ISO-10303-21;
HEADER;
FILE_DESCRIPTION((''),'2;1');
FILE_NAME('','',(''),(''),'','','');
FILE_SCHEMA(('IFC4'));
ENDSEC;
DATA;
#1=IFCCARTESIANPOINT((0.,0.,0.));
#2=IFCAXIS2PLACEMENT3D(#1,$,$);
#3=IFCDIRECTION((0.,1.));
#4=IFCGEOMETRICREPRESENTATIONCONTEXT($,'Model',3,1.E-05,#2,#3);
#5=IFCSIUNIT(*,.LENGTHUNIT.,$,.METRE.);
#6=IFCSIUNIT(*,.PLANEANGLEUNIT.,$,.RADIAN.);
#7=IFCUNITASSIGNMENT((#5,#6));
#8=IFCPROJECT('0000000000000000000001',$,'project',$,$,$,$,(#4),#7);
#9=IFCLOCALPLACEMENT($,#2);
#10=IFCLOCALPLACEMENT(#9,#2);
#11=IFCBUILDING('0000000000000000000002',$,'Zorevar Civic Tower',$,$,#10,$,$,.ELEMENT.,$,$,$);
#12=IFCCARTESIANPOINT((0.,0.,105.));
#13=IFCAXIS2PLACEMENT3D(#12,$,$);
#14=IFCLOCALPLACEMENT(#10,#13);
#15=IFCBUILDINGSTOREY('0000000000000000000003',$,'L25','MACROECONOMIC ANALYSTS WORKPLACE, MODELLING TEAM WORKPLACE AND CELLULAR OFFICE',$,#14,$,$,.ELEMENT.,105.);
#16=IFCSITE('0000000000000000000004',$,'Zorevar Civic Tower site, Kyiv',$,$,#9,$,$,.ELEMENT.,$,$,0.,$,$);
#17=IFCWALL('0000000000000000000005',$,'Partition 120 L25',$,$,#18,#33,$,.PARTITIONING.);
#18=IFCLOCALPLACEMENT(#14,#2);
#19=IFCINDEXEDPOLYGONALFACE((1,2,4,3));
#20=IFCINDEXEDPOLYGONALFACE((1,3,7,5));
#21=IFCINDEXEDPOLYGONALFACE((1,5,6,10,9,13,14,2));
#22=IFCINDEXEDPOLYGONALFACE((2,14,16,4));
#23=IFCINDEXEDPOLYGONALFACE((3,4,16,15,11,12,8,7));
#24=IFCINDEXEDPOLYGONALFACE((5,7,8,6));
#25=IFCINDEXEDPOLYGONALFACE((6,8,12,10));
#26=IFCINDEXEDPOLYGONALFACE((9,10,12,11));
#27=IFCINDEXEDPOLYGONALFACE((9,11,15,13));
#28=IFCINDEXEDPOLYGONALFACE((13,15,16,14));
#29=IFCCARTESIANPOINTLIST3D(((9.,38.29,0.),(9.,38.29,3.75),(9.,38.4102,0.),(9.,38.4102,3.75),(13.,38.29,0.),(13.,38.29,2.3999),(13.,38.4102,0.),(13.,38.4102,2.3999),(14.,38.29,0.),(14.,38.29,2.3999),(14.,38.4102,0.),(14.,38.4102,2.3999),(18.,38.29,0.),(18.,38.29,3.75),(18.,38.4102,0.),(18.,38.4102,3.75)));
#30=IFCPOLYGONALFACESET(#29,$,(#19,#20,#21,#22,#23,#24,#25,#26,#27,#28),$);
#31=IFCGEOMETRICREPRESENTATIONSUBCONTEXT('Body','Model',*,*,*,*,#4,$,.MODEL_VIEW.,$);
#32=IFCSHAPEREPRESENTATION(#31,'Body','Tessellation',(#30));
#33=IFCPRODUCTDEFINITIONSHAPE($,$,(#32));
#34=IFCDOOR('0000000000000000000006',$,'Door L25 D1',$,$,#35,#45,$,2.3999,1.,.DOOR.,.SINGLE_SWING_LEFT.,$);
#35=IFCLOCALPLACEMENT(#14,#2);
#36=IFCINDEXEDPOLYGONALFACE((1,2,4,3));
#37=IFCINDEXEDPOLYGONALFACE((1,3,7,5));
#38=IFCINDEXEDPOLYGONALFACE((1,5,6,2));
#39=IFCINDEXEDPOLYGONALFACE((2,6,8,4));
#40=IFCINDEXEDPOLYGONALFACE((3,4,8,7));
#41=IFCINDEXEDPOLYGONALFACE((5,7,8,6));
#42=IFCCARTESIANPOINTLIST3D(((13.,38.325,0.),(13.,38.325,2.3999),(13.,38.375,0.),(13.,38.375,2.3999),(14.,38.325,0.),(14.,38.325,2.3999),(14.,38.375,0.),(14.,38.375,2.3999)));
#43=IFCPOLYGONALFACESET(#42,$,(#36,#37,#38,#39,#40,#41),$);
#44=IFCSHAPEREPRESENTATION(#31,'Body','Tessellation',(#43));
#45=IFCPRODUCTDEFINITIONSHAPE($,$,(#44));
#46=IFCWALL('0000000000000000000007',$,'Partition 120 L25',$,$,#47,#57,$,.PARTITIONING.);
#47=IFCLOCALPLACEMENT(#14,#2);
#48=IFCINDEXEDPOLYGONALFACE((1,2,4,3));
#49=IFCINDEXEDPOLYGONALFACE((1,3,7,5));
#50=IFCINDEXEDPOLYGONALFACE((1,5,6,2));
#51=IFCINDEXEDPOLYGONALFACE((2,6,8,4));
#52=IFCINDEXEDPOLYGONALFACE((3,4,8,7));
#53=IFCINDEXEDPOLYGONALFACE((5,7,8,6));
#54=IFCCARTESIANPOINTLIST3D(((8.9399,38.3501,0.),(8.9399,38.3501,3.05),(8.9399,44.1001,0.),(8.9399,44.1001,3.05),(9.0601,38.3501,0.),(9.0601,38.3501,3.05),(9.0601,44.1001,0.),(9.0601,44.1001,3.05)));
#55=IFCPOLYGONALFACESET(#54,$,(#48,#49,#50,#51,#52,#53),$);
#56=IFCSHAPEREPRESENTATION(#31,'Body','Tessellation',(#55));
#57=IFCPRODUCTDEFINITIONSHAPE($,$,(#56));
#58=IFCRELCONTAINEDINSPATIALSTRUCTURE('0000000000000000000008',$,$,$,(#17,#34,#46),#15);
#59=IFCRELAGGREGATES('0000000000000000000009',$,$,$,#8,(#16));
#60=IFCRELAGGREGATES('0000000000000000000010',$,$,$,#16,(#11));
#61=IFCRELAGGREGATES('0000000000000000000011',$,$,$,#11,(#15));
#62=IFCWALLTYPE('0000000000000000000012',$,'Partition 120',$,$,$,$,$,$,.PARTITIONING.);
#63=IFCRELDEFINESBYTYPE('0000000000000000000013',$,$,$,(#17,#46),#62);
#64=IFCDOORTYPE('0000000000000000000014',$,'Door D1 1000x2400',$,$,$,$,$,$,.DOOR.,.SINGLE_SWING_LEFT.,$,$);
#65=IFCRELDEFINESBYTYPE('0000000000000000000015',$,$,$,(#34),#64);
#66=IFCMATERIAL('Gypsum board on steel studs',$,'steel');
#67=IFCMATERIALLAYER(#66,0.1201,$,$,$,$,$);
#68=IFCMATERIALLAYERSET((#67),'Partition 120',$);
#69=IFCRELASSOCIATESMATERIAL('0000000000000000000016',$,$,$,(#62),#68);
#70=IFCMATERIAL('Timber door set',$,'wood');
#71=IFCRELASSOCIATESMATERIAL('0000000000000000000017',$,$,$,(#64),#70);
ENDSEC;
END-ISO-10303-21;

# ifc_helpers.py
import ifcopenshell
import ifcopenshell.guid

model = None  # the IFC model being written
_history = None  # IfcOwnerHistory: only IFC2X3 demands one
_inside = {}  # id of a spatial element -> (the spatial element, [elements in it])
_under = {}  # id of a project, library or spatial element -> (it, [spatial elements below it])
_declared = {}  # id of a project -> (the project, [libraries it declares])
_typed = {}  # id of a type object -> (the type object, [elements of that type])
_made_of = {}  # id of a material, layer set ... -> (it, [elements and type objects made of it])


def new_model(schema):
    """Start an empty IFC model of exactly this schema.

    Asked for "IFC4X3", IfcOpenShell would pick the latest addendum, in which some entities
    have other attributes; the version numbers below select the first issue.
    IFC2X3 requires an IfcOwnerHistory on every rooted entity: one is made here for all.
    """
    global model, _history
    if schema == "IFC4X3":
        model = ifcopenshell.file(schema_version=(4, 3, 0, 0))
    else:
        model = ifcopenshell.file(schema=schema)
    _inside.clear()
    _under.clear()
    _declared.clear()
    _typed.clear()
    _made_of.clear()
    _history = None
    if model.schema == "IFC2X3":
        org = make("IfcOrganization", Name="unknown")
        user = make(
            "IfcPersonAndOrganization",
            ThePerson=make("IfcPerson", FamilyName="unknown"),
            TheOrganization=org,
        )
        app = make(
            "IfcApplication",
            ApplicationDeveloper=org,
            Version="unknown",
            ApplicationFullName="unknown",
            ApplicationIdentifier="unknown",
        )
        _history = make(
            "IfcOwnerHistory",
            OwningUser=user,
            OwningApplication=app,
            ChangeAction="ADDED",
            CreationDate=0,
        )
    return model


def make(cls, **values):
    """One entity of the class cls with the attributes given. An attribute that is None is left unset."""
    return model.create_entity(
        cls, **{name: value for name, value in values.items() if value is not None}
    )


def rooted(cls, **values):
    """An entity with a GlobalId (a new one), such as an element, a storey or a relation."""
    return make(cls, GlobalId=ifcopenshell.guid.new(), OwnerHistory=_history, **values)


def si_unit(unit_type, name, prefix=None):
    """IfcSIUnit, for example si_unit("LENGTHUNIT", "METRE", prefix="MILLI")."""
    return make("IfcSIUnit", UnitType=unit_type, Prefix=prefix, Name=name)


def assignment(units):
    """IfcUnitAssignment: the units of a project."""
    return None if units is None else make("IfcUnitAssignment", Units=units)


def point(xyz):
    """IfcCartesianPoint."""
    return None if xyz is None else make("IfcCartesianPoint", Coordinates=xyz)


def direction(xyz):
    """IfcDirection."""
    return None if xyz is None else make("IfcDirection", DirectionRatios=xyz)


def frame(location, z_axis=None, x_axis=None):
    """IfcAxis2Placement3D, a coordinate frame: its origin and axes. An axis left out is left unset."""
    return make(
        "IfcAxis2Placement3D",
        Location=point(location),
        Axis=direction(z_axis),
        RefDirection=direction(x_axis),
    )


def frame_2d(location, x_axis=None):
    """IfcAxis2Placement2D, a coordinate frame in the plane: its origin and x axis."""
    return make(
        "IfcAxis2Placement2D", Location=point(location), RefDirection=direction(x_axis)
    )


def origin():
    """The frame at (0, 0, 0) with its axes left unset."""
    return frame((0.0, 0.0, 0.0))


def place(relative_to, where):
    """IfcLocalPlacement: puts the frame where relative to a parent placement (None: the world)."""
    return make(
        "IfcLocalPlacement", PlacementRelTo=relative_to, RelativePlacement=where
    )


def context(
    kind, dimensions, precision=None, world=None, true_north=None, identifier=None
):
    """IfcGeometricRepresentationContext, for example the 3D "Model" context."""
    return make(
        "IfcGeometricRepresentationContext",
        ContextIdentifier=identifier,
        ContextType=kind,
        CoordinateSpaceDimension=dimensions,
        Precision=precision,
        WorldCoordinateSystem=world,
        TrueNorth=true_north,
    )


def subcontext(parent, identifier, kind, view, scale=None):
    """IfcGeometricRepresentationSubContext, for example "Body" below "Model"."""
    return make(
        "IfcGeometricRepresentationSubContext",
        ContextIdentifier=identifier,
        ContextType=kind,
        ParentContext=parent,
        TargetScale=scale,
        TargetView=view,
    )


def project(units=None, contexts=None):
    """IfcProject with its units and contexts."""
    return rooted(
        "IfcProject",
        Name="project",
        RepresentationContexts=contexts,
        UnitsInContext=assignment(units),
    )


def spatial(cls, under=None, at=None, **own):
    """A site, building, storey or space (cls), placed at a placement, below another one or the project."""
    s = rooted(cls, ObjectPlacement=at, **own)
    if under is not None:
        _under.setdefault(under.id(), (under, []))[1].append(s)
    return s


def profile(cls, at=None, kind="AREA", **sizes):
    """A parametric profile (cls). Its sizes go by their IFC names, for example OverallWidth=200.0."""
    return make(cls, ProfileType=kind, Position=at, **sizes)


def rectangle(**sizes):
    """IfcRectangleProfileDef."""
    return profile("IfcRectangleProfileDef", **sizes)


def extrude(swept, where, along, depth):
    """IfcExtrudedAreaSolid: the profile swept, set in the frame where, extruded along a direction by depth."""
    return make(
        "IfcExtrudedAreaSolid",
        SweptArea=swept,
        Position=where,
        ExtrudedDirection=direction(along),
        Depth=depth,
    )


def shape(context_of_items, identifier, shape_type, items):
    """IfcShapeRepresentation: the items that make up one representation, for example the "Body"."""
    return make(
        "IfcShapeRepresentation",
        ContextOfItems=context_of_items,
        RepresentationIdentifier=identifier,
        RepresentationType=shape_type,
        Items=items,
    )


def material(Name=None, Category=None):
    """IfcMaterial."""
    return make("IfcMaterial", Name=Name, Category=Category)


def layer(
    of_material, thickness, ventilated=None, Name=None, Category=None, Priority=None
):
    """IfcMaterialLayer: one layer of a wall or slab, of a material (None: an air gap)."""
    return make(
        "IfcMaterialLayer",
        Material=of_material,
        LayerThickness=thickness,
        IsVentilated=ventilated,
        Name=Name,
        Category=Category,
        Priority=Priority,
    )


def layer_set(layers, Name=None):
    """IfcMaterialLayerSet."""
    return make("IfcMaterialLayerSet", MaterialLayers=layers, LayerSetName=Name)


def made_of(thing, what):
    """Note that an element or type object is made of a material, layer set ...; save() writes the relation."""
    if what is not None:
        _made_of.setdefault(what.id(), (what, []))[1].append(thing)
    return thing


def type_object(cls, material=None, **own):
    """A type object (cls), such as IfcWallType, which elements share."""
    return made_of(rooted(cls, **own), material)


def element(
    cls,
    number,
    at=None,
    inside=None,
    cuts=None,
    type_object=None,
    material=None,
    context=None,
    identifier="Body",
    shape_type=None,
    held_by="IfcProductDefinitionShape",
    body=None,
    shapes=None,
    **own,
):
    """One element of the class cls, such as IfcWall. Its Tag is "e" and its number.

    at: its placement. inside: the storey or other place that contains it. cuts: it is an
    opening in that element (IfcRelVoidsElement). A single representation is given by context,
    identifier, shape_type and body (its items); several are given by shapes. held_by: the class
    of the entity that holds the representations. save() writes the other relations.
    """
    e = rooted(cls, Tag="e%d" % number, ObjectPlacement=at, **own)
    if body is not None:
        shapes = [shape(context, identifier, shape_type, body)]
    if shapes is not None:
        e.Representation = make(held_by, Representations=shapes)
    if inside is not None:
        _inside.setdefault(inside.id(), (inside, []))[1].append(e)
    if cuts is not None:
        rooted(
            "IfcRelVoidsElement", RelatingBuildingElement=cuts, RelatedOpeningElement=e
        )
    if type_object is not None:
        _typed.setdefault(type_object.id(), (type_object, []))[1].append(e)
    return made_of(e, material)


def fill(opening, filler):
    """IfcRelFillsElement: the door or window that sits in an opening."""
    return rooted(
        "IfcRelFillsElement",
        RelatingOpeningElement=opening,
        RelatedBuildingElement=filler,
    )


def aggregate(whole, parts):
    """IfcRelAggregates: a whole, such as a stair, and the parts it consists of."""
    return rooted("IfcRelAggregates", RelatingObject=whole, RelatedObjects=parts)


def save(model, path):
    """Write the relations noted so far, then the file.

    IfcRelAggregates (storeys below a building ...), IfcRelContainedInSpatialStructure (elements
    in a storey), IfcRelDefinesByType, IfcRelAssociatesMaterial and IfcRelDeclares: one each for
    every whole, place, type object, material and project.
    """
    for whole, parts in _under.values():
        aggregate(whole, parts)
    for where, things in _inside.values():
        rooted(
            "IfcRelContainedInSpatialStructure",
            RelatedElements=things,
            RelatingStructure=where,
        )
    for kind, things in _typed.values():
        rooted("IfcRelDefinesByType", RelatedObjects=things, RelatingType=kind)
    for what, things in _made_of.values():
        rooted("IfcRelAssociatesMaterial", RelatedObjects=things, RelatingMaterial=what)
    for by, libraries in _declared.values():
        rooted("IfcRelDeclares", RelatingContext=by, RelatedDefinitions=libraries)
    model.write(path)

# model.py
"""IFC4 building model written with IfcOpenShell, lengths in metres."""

from ifc_helpers import new_model, si_unit, direction, frame, frame_2d, origin, place, context, subcontext, project, spatial, rectangle, extrude, material, layer, layer_set, type_object, element, fill, save


model = new_model("IFC4")

# Units and contexts
model_context = context("Model", 3, precision=1e-05, world=origin(), true_north=direction((0.0, 1.0)))
body_context = subcontext(model_context, "Body", "Model", "MODEL_VIEW")
ifc_project = project(units=[si_unit("LENGTHUNIT", "METRE"), si_unit("PLANEANGLEUNIT", "RADIAN")], contexts=[model_context])

# Site, building, storey
site_placement = place(None, origin())
site = spatial("IfcSite", under=ifc_project, at=site_placement, Name="Zorevar Civic Tower site, Kyiv", CompositionType="ELEMENT", RefElevation=0.0)
building_placement = place(site_placement, origin())
building = spatial("IfcBuilding", under=site, at=building_placement, Name="Zorevar Civic Tower", CompositionType="ELEMENT")
storey_placement = place(building_placement, frame((0.0, 0.0, 105.0)))
storey = spatial("IfcBuildingStorey", under=building, at=storey_placement, Name="L25", Description="MACROECONOMIC ANALYSTS WORKPLACE, MODELLING TEAM WORKPLACE AND CELLULAR OFFICE", CompositionType="ELEMENT", Elevation=105.0)

# Wall, opening, door
ifc_material_1 = material(Name="Gypsum board on steel studs", Category="steel")
ifc_layer_1 = layer(ifc_material_1, 0.1201)
ifc_layer_set_1 = layer_set([ifc_layer_1], Name="Partition 120")
wall_type_1 = type_object("IfcWallType", Name="Partition 120", PredefinedType="PARTITIONING", material=ifc_layer_set_1)
wall_1_placement = place(storey_placement, frame((9.0, 38.3501, 0.0), z_axis=(0.0, 0.0, 1.0), x_axis=(1.0, 0.0, 0.0)))
wall_1 = element("IfcWall", 1, at=wall_1_placement, inside=storey, type_object=wall_type_1, Name="Partition 120 L25", PredefinedType="PARTITIONING", context=body_context, shape_type="SweptSolid", body=[
    extrude(rectangle(XDim=9.0, YDim=0.1201, at=frame_2d((4.5, 0.0))), origin(), (0.0, 0.0, 1.0), 3.75),
])
opening_placement = place(wall_1_placement, frame((4.0, 0.0, 0.0)))
opening = element("IfcOpeningElement", 2, at=opening_placement, cuts=wall_1, PredefinedType="OPENING", context=body_context, shape_type="SweptSolid", body=[
    extrude(rectangle(XDim=1.0, YDim=2.3999, at=frame_2d((0.5, 1.2))), frame((0.0, 0.0701, 0.0), z_axis=(0.0, -1.0, 0.0), x_axis=(1.0, 0.0, 0.0)), (0.0, 0.0, 1.0), 0.1401),
])
ifc_material_2 = material(Name="Timber door set", Category="wood")
door_type = type_object("IfcDoorType", Name="Door D1 1000x2400", OperationType="SINGLE_SWING_LEFT", PredefinedType="DOOR", material=ifc_material_2)
door_placement = place(opening_placement, origin())
door = element("IfcDoor", 3, at=door_placement, inside=storey, type_object=door_type, Name="Door L25 D1", OperationType="SINGLE_SWING_LEFT", OverallHeight=2.3999, OverallWidth=1.0, PredefinedType="DOOR", context=body_context, shape_type="SweptSolid", body=[
    extrude(rectangle(XDim=1.0, YDim=2.3999, at=frame_2d((0.5, 1.2))), frame((0.0, 0.0249, 0.0), z_axis=(0.0, -1.0, 0.0), x_axis=(1.0, 0.0, 0.0)), (0.0, 0.0, 1.0), 0.05),
])
fill(opening, door)

# Wall
wall_2_placement = place(storey_placement, frame((9.0, 38.3501, 0.0), z_axis=(0.0, 0.0, 1.0), x_axis=(0.0, 1.0, 0.0)))
element("IfcWall", 4, at=wall_2_placement, inside=storey, type_object=wall_type_1, Name="Partition 120 L25", PredefinedType="PARTITIONING", context=body_context, shape_type="SweptSolid", body=[
    extrude(rectangle(XDim=5.75, YDim=0.1201, at=frame_2d((2.875, 0.0))), origin(), (0.0, 0.0, 1.0), 3.05),
])

save(model, "model.ifc")
